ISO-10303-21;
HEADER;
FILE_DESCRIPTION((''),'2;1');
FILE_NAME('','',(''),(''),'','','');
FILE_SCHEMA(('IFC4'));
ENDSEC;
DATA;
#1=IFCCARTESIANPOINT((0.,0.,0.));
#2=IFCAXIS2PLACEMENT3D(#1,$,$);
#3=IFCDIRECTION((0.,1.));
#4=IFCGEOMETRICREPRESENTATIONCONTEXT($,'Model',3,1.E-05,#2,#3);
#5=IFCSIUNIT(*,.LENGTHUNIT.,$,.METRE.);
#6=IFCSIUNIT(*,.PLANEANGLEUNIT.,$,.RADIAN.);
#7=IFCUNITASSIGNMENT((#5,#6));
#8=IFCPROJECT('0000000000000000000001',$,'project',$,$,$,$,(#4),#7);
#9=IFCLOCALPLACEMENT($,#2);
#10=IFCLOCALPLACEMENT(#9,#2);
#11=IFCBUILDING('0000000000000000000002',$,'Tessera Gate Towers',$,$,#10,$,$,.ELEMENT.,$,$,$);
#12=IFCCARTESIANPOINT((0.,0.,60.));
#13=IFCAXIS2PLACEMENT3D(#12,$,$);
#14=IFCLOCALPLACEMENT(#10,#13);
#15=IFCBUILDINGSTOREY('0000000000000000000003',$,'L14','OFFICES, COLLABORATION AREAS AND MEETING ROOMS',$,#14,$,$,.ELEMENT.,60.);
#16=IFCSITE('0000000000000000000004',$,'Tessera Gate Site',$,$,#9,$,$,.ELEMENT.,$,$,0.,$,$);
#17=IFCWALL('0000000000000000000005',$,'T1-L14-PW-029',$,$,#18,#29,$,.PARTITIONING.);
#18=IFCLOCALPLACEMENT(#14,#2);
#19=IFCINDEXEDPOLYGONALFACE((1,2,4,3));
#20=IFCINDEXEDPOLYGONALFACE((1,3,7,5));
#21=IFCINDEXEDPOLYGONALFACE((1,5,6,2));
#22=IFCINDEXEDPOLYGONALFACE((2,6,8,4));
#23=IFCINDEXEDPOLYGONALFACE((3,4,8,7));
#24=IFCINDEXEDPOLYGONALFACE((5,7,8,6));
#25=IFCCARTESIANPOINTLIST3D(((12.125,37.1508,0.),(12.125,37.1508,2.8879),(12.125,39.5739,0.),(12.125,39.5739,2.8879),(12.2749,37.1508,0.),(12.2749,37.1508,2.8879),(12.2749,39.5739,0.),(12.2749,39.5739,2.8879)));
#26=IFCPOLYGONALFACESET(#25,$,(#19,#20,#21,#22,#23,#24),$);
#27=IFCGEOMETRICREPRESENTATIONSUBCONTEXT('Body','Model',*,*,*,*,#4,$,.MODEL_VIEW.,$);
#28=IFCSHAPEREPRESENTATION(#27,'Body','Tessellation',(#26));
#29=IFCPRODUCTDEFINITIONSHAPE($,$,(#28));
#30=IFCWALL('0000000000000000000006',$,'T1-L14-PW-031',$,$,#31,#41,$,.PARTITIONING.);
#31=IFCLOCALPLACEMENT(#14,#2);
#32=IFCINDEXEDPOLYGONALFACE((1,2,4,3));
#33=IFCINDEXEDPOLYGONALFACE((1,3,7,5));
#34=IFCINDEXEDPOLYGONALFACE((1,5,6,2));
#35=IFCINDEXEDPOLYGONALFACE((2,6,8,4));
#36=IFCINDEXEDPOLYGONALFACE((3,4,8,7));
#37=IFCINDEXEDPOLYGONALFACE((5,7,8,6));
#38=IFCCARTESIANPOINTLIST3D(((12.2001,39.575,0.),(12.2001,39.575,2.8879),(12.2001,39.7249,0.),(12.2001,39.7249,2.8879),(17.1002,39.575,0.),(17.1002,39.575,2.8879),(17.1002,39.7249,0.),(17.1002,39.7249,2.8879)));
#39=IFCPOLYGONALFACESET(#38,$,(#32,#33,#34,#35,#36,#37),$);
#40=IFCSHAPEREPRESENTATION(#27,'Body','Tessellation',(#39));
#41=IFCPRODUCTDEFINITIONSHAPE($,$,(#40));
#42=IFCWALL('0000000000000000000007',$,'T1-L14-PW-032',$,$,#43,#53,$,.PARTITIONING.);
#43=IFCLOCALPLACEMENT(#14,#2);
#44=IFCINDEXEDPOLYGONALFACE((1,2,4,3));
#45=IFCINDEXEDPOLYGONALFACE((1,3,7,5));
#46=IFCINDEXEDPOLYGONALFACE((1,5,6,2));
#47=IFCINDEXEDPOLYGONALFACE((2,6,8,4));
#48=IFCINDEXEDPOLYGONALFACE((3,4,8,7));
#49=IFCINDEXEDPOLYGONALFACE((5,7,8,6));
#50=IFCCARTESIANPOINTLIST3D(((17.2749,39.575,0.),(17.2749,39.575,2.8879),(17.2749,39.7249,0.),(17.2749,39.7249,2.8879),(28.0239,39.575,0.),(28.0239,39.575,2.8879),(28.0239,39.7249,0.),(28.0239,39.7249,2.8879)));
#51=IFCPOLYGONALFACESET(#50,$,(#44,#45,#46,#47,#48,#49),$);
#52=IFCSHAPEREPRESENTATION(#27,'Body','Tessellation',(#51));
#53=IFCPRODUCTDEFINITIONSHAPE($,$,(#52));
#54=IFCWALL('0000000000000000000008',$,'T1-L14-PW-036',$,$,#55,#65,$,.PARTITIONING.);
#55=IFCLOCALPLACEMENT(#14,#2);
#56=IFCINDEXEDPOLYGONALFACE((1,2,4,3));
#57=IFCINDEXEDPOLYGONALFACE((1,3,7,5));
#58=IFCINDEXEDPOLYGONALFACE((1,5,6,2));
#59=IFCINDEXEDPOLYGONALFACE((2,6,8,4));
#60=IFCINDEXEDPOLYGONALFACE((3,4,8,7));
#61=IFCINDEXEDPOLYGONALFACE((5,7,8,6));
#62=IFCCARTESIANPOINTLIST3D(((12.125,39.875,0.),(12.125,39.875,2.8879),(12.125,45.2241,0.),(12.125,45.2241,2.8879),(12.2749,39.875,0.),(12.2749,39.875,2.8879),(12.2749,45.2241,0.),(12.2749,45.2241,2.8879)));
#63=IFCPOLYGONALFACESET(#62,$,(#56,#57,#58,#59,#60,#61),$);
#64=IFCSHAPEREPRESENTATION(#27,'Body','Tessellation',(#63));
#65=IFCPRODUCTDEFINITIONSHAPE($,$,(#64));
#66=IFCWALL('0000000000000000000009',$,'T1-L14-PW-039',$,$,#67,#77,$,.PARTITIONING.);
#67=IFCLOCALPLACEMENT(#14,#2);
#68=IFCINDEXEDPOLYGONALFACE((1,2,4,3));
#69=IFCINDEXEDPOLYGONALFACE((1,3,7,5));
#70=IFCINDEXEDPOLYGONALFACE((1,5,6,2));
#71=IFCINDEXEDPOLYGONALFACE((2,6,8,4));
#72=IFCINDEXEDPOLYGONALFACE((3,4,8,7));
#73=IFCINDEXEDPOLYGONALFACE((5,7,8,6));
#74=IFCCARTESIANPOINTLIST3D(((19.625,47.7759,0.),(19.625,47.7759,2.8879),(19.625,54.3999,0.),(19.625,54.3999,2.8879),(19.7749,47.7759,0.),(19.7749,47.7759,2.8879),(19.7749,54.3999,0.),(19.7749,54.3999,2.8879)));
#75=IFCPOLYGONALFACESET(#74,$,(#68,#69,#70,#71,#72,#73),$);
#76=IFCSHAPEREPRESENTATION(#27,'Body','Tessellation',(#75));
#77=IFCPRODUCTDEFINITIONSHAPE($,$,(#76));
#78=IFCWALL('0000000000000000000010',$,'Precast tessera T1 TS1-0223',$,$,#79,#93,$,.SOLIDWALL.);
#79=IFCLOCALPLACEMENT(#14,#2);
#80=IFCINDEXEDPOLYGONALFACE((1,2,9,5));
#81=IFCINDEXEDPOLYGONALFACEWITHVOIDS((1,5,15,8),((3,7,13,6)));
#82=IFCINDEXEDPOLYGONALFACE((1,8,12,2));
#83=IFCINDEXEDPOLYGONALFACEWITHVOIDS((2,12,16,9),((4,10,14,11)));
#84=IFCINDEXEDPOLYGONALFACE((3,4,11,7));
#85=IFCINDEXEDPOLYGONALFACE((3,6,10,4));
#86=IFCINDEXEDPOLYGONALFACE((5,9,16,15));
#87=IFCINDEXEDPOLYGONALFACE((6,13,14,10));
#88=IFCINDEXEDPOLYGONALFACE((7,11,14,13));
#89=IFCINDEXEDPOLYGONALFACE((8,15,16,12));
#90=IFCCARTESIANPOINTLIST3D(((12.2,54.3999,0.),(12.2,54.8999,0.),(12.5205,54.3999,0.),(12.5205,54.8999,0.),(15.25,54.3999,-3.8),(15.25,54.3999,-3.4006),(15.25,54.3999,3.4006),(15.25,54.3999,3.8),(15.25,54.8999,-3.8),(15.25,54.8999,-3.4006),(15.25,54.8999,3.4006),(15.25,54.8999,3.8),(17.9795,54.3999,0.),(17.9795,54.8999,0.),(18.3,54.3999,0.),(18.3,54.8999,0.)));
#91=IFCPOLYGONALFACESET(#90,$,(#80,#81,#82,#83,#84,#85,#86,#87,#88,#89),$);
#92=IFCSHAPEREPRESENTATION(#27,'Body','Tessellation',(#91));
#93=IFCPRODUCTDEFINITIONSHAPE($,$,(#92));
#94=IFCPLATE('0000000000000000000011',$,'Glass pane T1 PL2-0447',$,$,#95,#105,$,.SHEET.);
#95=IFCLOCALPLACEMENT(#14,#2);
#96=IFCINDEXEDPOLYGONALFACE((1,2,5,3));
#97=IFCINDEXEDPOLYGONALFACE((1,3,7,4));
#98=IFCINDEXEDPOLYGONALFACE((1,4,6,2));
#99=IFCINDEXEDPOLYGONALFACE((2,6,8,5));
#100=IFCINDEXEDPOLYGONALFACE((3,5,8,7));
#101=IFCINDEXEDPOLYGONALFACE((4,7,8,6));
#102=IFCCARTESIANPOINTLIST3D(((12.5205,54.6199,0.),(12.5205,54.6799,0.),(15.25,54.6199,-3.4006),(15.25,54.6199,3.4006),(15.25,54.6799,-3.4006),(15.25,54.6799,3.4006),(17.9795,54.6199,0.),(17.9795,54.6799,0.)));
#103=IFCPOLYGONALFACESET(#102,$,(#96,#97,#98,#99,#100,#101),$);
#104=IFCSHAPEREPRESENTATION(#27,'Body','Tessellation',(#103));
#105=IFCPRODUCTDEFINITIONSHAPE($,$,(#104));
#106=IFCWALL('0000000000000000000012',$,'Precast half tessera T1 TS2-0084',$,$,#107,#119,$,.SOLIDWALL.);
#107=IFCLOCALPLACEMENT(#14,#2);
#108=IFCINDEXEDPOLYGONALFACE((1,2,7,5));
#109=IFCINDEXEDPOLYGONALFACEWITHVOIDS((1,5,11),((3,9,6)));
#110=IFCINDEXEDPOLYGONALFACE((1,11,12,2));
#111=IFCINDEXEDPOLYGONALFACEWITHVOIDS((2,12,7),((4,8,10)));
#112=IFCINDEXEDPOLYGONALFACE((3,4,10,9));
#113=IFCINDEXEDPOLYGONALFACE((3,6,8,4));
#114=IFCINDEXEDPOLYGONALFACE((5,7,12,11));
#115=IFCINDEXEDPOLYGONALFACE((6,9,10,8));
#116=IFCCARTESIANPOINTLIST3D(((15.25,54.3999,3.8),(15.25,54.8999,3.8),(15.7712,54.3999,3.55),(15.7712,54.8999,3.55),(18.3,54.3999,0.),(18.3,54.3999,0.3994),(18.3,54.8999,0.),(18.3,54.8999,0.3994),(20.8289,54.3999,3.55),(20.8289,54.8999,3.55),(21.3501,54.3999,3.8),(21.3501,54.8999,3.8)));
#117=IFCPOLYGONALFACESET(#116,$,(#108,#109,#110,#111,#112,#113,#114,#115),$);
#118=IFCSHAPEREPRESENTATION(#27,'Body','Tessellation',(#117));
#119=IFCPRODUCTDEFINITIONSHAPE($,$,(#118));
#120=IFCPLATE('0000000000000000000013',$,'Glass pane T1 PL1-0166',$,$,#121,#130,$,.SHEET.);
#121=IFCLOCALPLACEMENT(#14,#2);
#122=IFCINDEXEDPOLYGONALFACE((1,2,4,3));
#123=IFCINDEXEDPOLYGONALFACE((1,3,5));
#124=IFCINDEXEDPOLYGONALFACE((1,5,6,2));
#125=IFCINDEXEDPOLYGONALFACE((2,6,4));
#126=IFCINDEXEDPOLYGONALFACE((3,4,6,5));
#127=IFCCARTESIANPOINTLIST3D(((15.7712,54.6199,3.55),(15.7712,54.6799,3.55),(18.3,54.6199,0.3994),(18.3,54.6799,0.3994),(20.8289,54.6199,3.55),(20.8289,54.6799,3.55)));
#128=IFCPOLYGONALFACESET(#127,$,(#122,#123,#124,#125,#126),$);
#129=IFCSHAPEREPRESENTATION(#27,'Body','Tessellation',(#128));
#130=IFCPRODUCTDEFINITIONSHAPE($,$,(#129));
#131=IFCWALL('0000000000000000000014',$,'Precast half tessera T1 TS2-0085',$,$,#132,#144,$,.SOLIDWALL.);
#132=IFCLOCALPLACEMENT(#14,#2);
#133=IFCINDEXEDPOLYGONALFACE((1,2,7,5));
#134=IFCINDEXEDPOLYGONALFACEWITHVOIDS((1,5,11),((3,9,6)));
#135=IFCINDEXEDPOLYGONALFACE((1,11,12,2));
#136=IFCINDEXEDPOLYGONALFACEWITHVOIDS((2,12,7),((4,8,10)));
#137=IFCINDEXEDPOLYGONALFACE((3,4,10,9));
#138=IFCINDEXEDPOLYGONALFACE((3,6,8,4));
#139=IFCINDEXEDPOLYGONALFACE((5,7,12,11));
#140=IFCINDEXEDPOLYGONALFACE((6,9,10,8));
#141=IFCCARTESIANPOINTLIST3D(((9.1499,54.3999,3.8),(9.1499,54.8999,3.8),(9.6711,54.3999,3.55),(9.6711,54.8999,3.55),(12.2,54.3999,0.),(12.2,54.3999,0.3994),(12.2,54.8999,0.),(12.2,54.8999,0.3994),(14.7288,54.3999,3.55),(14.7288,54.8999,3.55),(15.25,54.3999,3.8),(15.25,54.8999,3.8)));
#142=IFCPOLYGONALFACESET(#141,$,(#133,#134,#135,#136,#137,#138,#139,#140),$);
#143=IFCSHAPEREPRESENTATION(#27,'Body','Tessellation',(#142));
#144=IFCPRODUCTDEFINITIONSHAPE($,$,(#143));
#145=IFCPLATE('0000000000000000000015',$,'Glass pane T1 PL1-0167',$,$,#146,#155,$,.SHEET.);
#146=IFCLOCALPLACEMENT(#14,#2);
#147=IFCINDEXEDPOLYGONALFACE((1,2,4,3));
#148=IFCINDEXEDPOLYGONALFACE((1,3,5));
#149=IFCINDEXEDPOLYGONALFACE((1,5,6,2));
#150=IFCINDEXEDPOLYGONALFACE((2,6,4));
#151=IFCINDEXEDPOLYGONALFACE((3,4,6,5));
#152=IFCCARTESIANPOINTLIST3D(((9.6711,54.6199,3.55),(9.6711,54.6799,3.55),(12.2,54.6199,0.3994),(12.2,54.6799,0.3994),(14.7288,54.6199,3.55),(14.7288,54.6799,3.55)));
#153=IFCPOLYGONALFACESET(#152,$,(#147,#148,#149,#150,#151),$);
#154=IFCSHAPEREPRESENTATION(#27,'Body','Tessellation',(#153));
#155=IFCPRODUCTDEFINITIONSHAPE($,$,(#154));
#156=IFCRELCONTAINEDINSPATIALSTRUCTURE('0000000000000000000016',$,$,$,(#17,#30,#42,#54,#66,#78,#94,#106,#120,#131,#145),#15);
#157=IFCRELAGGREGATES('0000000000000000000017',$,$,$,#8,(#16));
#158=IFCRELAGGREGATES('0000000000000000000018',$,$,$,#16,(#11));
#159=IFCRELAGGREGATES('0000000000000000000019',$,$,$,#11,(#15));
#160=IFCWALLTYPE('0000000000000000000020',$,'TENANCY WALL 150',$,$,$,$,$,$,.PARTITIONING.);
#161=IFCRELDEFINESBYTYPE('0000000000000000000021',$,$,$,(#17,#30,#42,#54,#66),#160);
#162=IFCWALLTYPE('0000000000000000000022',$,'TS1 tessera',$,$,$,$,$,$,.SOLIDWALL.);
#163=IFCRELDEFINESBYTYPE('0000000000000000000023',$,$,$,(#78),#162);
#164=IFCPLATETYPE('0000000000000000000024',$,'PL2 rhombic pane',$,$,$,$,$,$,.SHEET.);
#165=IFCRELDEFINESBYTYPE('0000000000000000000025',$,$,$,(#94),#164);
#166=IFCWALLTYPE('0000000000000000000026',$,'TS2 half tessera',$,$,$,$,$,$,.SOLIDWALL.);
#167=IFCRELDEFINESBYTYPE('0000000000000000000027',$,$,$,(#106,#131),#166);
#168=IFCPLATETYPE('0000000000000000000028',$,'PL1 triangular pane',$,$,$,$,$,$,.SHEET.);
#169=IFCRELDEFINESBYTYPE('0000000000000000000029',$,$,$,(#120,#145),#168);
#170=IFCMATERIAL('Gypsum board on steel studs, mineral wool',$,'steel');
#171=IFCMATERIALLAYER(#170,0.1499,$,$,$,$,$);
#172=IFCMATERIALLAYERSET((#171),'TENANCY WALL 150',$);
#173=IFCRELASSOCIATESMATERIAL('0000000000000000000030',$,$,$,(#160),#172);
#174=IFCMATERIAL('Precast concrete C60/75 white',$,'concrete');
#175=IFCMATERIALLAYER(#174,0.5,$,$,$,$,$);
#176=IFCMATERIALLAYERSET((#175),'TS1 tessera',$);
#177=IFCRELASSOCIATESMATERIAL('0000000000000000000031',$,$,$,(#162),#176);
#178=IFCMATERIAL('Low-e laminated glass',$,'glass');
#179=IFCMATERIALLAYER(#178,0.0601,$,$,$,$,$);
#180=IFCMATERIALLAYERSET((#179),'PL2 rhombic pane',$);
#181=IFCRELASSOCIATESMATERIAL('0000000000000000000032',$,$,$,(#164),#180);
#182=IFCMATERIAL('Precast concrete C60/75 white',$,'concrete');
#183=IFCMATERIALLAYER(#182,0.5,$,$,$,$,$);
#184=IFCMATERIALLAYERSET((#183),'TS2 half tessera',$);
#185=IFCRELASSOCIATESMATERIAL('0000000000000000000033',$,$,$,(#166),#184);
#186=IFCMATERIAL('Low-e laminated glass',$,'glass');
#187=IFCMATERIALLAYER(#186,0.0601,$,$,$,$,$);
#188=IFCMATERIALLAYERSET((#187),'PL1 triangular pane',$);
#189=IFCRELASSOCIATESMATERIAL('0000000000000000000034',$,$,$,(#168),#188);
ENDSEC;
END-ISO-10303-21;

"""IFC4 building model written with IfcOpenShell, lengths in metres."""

from ifc_helpers import new_model, si_unit, direction, frame, frame_2d, origin, place, context, subcontext, project, spatial, polyline, rectangle, outline, extrude, source, transform, mapped, material, layer, layer_set, type_object, element, fill, save


model = new_model("IFC4")

# Units and contexts
model_context = context("Model", 3, precision=1e-05, world=origin(), true_north=direction((0.0, 1.0)))
body_context = subcontext(model_context, "Body", "Model", "MODEL_VIEW")
ifc_project = project(units=[si_unit("LENGTHUNIT", "METRE"), si_unit("PLANEANGLEUNIT", "RADIAN")], contexts=[model_context])

# Site, building, storey
site_placement = place(None, origin())
site = spatial("IfcSite", under=ifc_project, at=site_placement, Name="Tessera Gate Site", CompositionType="ELEMENT", RefElevation=0.0)
building_placement = place(site_placement, origin())
building = spatial("IfcBuilding", under=site, at=building_placement, Name="Tessera Gate Towers", CompositionType="ELEMENT")
storey_placement = place(building_placement, frame((0.0, 0.0, 60.0)))
storey = spatial("IfcBuildingStorey", under=building, at=storey_placement, Name="L14", Description="OFFICES, COLLABORATION AREAS AND MEETING ROOMS", CompositionType="ELEMENT", Elevation=60.0)

# Walls
ifc_material_1 = material(Name="Gypsum board on steel studs, mineral wool", Category="steel")
ifc_layer_1 = layer(ifc_material_1, 0.1499)
ifc_layer_set_1 = layer_set([ifc_layer_1], Name="TENANCY WALL 150")
wall_type_1 = type_object("IfcWallType", Name="TENANCY WALL 150", PredefinedType="PARTITIONING", material=ifc_layer_set_1)
wall_1_placement = place(storey_placement, frame((12.2, 37.1509, 0.0), z_axis=(0.0, 0.0, 1.0), x_axis=(0.0, 1.0, 0.0)))
element("IfcWall", 1, at=wall_1_placement, inside=storey, type_object=wall_type_1, Name="T1-L14-PW-029", PredefinedType="PARTITIONING", context=body_context, shape_type="SweptSolid", body=[
    extrude(rectangle(XDim=2.4231, YDim=0.1499, at=frame_2d((1.2114, 0.0))), origin(), (0.0, 0.0, 1.0), 2.8879),
])
wall_2_placement = place(storey_placement, frame((12.2, 39.6499, 0.0), z_axis=(0.0, 0.0, 1.0), x_axis=(1.0, 0.0, 0.0)))
element("IfcWall", 2, at=wall_2_placement, inside=storey, type_object=wall_type_1, Name="T1-L14-PW-031", PredefinedType="PARTITIONING", context=body_context, shape_type="SweptSolid", body=[
    extrude(rectangle(XDim=4.9001, YDim=0.1499, at=frame_2d((2.4502, 0.0))), origin(), (0.0, 0.0, 1.0), 2.8879),
])
wall_3_placement = place(storey_placement, frame((17.2749, 39.6499, 0.0), z_axis=(0.0, 0.0, 1.0), x_axis=(1.0, 0.0, 0.0)))
element("IfcWall", 3, at=wall_3_placement, inside=storey, type_object=wall_type_1, Name="T1-L14-PW-032", PredefinedType="PARTITIONING", context=body_context, shape_type="SweptSolid", body=[
    extrude(rectangle(XDim=10.749, YDim=0.1499, at=frame_2d((5.3745, 0.0))), origin(), (0.0, 0.0, 1.0), 2.8879),
])
wall_4_placement = place(storey_placement, frame((12.2, 39.875, 0.0), z_axis=(0.0, 0.0, 1.0), x_axis=(0.0, 1.0, 0.0)))
element("IfcWall", 4, at=wall_4_placement, inside=storey, type_object=wall_type_1, Name="T1-L14-PW-036", PredefinedType="PARTITIONING", context=body_context, shape_type="SweptSolid", body=[
    extrude(rectangle(XDim=5.3491, YDim=0.1499, at=frame_2d((2.6746, 0.0))), origin(), (0.0, 0.0, 1.0), 2.8879),
])
wall_5_placement = place(storey_placement, frame((19.7, 47.7759, 0.0), z_axis=(0.0, 0.0, 1.0), x_axis=(0.0, 1.0, 0.0)))
element("IfcWall", 5, at=wall_5_placement, inside=storey, type_object=wall_type_1, Name="T1-L14-PW-039", PredefinedType="PARTITIONING", context=body_context, shape_type="SweptSolid", body=[
    extrude(rectangle(XDim=6.624, YDim=0.1499, at=frame_2d((3.312, 0.0))), origin(), (0.0, 0.0, 1.0), 2.8879),
])

# Walls, openings, plates
ifc_material_2 = material(Name="Precast concrete C60/75 white", Category="concrete")
ifc_layer_2 = layer(ifc_material_2, 0.5)
ifc_layer_set_2 = layer_set([ifc_layer_2], Name="TS1 tessera")
wall_type_2 = type_object("IfcWallType", Name="TS1 tessera", PredefinedType="SOLIDWALL", material=ifc_layer_set_2)
shared_shape_1 = source(origin(), body_context, "Body", "SweptSolid", [
    extrude(outline(polyline([(3.05, 0.0), (6.1001, 3.8), (3.05, 7.6001), (0.0, 3.8), (3.05, 0.0)])), frame((0.0, 0.25, 0.0), z_axis=(0.0, -1.0, 0.0), x_axis=(1.0, 0.0, 0.0)), (0.0, 0.0, 1.0), 0.5),
])
wall_6_placement = place(storey_placement, frame((18.3, 54.6499, -3.8), z_axis=(0.0, 0.0, 1.0), x_axis=(-1.0, 0.0, 0.0)))
wall_6 = element("IfcWall", 6, at=wall_6_placement, inside=storey, type_object=wall_type_2, Name="Precast tessera T1 TS1-0223", PredefinedType="SOLIDWALL", context=body_context, shape_type="MappedRepresentation", body=[
    mapped(shared_shape_1, transform((0.0, 0.0, 0.0), scale=1.0)),
])
shared_shape_2 = source(origin(), body_context, "Body", "SweptSolid", [
    extrude(outline(polyline([(3.05, 0.3994), (5.7795, 3.8), (3.05, 7.2007), (0.3206, 3.8), (3.05, 0.3994)])), frame((0.0, 0.26, 0.0), z_axis=(0.0, -1.0, 0.0), x_axis=(1.0, 0.0, 0.0)), (0.0, 0.0, 1.0), 0.52),
])
opening_1_placement = place(wall_6_placement, origin())
opening_1 = element("IfcOpeningElement", 7, at=opening_1_placement, cuts=wall_6, PredefinedType="OPENING", context=body_context, shape_type="MappedRepresentation", body=[
    mapped(shared_shape_2, transform((0.0, 0.0, 0.0), scale=1.0)),
])
ifc_material_3 = material(Name="Low-e laminated glass", Category="glass")
ifc_layer_3 = layer(ifc_material_3, 0.0601)
ifc_layer_set_3 = layer_set([ifc_layer_3], Name="PL2 rhombic pane")
plate_type_1 = type_object("IfcPlateType", Name="PL2 rhombic pane", PredefinedType="SHEET", material=ifc_layer_set_3)
shared_shape_3 = source(origin(), body_context, "Body", "SweptSolid", [
    extrude(outline(polyline([(3.05, 0.3994), (5.7795, 3.8), (3.05, 7.2007), (0.3206, 3.8), (3.05, 0.3994)])), frame((0.0, 0.03, 0.0), z_axis=(0.0, -1.0, 0.0), x_axis=(1.0, 0.0, 0.0)), (0.0, 0.0, 1.0), 0.0601),
])
plate_1_placement = place(opening_1_placement, origin())
plate_1 = element("IfcPlate", 8, at=plate_1_placement, inside=storey, type_object=plate_type_1, Name="Glass pane T1 PL2-0447", PredefinedType="SHEET", context=body_context, shape_type="MappedRepresentation", body=[
    mapped(shared_shape_3, transform((0.0, 0.0, 0.0), scale=1.0)),
])
fill(opening_1, plate_1)
ifc_material_4 = material(Name="Precast concrete C60/75 white", Category="concrete")
ifc_layer_4 = layer(ifc_material_4, 0.5)
ifc_layer_set_4 = layer_set([ifc_layer_4], Name="TS2 half tessera")
wall_type_3 = type_object("IfcWallType", Name="TS2 half tessera", PredefinedType="SOLIDWALL", material=ifc_layer_set_4)
shared_shape_4 = source(origin(), body_context, "Body", "SweptSolid", [
    extrude(outline(polyline([(3.05, 0.0), (6.1001, 3.8), (0.0, 3.8), (3.05, 0.0)])), frame((0.0, 0.25, 0.0), z_axis=(0.0, -1.0, 0.0), x_axis=(1.0, 0.0, 0.0)), (0.0, 0.0, 1.0), 0.5),
])
wall_7_placement = place(storey_placement, frame((21.3501, 54.6499, 0.0), z_axis=(0.0, 0.0, 1.0), x_axis=(-1.0, 0.0, 0.0)))
wall_7 = element("IfcWall", 9, at=wall_7_placement, inside=storey, type_object=wall_type_3, Name="Precast half tessera T1 TS2-0084", PredefinedType="SOLIDWALL", context=body_context, shape_type="MappedRepresentation", body=[
    mapped(shared_shape_4, transform((0.0, 0.0, 0.0), scale=1.0)),
])
shared_shape_5 = source(origin(), body_context, "Body", "SweptSolid", [
    extrude(outline(polyline([(3.05, 0.3994), (5.5789, 3.55), (0.5212, 3.55), (3.05, 0.3994)])), frame((0.0, 0.26, 0.0), z_axis=(0.0, -1.0, 0.0), x_axis=(1.0, 0.0, 0.0)), (0.0, 0.0, 1.0), 0.52),
])
opening_2_placement = place(wall_7_placement, origin())
opening_2 = element("IfcOpeningElement", 10, at=opening_2_placement, cuts=wall_7, PredefinedType="OPENING", context=body_context, shape_type="MappedRepresentation", body=[
    mapped(shared_shape_5, transform((0.0, 0.0, 0.0), scale=1.0)),
])
ifc_material_5 = material(Name="Low-e laminated glass", Category="glass")
ifc_layer_5 = layer(ifc_material_5, 0.0601)
ifc_layer_set_5 = layer_set([ifc_layer_5], Name="PL1 triangular pane")
plate_type_2 = type_object("IfcPlateType", Name="PL1 triangular pane", PredefinedType="SHEET", material=ifc_layer_set_5)
shared_shape_6 = source(origin(), body_context, "Body", "SweptSolid", [
    extrude(outline(polyline([(3.05, 0.3994), (5.5789, 3.55), (0.5212, 3.55), (3.05, 0.3994)])), frame((0.0, 0.03, 0.0), z_axis=(0.0, -1.0, 0.0), x_axis=(1.0, 0.0, 0.0)), (0.0, 0.0, 1.0), 0.0601),
])
plate_2_placement = place(opening_2_placement, origin())
plate_2 = element("IfcPlate", 11, at=plate_2_placement, inside=storey, type_object=plate_type_2, Name="Glass pane T1 PL1-0166", PredefinedType="SHEET", context=body_context, shape_type="MappedRepresentation", body=[
    mapped(shared_shape_6, transform((0.0, 0.0, 0.0), scale=1.0)),
])
fill(opening_2, plate_2)
wall_8_placement = place(storey_placement, frame((15.25, 54.6499, 0.0), z_axis=(0.0, 0.0, 1.0), x_axis=(-1.0, 0.0, 0.0)))
wall_8 = element("IfcWall", 12, at=wall_8_placement, inside=storey, type_object=wall_type_3, Name="Precast half tessera T1 TS2-0085", PredefinedType="SOLIDWALL", context=body_context, shape_type="MappedRepresentation", body=[
    mapped(shared_shape_4, transform((0.0, 0.0, 0.0), scale=1.0)),
])
opening_3_placement = place(wall_8_placement, origin())
opening_3 = element("IfcOpeningElement", 13, at=opening_3_placement, cuts=wall_8, PredefinedType="OPENING", context=body_context, shape_type="MappedRepresentation", body=[
    mapped(shared_shape_5, transform((0.0, 0.0, 0.0), scale=1.0)),
])
plate_3_placement = place(opening_3_placement, origin())
plate_3 = element("IfcPlate", 14, at=plate_3_placement, inside=storey, type_object=plate_type_2, Name="Glass pane T1 PL1-0167", PredefinedType="SHEET", context=body_context, shape_type="MappedRepresentation", body=[
    mapped(shared_shape_6, transform((0.0, 0.0, 0.0), scale=1.0)),
])
fill(opening_3, plate_3)

save(model, "model.ifc")
